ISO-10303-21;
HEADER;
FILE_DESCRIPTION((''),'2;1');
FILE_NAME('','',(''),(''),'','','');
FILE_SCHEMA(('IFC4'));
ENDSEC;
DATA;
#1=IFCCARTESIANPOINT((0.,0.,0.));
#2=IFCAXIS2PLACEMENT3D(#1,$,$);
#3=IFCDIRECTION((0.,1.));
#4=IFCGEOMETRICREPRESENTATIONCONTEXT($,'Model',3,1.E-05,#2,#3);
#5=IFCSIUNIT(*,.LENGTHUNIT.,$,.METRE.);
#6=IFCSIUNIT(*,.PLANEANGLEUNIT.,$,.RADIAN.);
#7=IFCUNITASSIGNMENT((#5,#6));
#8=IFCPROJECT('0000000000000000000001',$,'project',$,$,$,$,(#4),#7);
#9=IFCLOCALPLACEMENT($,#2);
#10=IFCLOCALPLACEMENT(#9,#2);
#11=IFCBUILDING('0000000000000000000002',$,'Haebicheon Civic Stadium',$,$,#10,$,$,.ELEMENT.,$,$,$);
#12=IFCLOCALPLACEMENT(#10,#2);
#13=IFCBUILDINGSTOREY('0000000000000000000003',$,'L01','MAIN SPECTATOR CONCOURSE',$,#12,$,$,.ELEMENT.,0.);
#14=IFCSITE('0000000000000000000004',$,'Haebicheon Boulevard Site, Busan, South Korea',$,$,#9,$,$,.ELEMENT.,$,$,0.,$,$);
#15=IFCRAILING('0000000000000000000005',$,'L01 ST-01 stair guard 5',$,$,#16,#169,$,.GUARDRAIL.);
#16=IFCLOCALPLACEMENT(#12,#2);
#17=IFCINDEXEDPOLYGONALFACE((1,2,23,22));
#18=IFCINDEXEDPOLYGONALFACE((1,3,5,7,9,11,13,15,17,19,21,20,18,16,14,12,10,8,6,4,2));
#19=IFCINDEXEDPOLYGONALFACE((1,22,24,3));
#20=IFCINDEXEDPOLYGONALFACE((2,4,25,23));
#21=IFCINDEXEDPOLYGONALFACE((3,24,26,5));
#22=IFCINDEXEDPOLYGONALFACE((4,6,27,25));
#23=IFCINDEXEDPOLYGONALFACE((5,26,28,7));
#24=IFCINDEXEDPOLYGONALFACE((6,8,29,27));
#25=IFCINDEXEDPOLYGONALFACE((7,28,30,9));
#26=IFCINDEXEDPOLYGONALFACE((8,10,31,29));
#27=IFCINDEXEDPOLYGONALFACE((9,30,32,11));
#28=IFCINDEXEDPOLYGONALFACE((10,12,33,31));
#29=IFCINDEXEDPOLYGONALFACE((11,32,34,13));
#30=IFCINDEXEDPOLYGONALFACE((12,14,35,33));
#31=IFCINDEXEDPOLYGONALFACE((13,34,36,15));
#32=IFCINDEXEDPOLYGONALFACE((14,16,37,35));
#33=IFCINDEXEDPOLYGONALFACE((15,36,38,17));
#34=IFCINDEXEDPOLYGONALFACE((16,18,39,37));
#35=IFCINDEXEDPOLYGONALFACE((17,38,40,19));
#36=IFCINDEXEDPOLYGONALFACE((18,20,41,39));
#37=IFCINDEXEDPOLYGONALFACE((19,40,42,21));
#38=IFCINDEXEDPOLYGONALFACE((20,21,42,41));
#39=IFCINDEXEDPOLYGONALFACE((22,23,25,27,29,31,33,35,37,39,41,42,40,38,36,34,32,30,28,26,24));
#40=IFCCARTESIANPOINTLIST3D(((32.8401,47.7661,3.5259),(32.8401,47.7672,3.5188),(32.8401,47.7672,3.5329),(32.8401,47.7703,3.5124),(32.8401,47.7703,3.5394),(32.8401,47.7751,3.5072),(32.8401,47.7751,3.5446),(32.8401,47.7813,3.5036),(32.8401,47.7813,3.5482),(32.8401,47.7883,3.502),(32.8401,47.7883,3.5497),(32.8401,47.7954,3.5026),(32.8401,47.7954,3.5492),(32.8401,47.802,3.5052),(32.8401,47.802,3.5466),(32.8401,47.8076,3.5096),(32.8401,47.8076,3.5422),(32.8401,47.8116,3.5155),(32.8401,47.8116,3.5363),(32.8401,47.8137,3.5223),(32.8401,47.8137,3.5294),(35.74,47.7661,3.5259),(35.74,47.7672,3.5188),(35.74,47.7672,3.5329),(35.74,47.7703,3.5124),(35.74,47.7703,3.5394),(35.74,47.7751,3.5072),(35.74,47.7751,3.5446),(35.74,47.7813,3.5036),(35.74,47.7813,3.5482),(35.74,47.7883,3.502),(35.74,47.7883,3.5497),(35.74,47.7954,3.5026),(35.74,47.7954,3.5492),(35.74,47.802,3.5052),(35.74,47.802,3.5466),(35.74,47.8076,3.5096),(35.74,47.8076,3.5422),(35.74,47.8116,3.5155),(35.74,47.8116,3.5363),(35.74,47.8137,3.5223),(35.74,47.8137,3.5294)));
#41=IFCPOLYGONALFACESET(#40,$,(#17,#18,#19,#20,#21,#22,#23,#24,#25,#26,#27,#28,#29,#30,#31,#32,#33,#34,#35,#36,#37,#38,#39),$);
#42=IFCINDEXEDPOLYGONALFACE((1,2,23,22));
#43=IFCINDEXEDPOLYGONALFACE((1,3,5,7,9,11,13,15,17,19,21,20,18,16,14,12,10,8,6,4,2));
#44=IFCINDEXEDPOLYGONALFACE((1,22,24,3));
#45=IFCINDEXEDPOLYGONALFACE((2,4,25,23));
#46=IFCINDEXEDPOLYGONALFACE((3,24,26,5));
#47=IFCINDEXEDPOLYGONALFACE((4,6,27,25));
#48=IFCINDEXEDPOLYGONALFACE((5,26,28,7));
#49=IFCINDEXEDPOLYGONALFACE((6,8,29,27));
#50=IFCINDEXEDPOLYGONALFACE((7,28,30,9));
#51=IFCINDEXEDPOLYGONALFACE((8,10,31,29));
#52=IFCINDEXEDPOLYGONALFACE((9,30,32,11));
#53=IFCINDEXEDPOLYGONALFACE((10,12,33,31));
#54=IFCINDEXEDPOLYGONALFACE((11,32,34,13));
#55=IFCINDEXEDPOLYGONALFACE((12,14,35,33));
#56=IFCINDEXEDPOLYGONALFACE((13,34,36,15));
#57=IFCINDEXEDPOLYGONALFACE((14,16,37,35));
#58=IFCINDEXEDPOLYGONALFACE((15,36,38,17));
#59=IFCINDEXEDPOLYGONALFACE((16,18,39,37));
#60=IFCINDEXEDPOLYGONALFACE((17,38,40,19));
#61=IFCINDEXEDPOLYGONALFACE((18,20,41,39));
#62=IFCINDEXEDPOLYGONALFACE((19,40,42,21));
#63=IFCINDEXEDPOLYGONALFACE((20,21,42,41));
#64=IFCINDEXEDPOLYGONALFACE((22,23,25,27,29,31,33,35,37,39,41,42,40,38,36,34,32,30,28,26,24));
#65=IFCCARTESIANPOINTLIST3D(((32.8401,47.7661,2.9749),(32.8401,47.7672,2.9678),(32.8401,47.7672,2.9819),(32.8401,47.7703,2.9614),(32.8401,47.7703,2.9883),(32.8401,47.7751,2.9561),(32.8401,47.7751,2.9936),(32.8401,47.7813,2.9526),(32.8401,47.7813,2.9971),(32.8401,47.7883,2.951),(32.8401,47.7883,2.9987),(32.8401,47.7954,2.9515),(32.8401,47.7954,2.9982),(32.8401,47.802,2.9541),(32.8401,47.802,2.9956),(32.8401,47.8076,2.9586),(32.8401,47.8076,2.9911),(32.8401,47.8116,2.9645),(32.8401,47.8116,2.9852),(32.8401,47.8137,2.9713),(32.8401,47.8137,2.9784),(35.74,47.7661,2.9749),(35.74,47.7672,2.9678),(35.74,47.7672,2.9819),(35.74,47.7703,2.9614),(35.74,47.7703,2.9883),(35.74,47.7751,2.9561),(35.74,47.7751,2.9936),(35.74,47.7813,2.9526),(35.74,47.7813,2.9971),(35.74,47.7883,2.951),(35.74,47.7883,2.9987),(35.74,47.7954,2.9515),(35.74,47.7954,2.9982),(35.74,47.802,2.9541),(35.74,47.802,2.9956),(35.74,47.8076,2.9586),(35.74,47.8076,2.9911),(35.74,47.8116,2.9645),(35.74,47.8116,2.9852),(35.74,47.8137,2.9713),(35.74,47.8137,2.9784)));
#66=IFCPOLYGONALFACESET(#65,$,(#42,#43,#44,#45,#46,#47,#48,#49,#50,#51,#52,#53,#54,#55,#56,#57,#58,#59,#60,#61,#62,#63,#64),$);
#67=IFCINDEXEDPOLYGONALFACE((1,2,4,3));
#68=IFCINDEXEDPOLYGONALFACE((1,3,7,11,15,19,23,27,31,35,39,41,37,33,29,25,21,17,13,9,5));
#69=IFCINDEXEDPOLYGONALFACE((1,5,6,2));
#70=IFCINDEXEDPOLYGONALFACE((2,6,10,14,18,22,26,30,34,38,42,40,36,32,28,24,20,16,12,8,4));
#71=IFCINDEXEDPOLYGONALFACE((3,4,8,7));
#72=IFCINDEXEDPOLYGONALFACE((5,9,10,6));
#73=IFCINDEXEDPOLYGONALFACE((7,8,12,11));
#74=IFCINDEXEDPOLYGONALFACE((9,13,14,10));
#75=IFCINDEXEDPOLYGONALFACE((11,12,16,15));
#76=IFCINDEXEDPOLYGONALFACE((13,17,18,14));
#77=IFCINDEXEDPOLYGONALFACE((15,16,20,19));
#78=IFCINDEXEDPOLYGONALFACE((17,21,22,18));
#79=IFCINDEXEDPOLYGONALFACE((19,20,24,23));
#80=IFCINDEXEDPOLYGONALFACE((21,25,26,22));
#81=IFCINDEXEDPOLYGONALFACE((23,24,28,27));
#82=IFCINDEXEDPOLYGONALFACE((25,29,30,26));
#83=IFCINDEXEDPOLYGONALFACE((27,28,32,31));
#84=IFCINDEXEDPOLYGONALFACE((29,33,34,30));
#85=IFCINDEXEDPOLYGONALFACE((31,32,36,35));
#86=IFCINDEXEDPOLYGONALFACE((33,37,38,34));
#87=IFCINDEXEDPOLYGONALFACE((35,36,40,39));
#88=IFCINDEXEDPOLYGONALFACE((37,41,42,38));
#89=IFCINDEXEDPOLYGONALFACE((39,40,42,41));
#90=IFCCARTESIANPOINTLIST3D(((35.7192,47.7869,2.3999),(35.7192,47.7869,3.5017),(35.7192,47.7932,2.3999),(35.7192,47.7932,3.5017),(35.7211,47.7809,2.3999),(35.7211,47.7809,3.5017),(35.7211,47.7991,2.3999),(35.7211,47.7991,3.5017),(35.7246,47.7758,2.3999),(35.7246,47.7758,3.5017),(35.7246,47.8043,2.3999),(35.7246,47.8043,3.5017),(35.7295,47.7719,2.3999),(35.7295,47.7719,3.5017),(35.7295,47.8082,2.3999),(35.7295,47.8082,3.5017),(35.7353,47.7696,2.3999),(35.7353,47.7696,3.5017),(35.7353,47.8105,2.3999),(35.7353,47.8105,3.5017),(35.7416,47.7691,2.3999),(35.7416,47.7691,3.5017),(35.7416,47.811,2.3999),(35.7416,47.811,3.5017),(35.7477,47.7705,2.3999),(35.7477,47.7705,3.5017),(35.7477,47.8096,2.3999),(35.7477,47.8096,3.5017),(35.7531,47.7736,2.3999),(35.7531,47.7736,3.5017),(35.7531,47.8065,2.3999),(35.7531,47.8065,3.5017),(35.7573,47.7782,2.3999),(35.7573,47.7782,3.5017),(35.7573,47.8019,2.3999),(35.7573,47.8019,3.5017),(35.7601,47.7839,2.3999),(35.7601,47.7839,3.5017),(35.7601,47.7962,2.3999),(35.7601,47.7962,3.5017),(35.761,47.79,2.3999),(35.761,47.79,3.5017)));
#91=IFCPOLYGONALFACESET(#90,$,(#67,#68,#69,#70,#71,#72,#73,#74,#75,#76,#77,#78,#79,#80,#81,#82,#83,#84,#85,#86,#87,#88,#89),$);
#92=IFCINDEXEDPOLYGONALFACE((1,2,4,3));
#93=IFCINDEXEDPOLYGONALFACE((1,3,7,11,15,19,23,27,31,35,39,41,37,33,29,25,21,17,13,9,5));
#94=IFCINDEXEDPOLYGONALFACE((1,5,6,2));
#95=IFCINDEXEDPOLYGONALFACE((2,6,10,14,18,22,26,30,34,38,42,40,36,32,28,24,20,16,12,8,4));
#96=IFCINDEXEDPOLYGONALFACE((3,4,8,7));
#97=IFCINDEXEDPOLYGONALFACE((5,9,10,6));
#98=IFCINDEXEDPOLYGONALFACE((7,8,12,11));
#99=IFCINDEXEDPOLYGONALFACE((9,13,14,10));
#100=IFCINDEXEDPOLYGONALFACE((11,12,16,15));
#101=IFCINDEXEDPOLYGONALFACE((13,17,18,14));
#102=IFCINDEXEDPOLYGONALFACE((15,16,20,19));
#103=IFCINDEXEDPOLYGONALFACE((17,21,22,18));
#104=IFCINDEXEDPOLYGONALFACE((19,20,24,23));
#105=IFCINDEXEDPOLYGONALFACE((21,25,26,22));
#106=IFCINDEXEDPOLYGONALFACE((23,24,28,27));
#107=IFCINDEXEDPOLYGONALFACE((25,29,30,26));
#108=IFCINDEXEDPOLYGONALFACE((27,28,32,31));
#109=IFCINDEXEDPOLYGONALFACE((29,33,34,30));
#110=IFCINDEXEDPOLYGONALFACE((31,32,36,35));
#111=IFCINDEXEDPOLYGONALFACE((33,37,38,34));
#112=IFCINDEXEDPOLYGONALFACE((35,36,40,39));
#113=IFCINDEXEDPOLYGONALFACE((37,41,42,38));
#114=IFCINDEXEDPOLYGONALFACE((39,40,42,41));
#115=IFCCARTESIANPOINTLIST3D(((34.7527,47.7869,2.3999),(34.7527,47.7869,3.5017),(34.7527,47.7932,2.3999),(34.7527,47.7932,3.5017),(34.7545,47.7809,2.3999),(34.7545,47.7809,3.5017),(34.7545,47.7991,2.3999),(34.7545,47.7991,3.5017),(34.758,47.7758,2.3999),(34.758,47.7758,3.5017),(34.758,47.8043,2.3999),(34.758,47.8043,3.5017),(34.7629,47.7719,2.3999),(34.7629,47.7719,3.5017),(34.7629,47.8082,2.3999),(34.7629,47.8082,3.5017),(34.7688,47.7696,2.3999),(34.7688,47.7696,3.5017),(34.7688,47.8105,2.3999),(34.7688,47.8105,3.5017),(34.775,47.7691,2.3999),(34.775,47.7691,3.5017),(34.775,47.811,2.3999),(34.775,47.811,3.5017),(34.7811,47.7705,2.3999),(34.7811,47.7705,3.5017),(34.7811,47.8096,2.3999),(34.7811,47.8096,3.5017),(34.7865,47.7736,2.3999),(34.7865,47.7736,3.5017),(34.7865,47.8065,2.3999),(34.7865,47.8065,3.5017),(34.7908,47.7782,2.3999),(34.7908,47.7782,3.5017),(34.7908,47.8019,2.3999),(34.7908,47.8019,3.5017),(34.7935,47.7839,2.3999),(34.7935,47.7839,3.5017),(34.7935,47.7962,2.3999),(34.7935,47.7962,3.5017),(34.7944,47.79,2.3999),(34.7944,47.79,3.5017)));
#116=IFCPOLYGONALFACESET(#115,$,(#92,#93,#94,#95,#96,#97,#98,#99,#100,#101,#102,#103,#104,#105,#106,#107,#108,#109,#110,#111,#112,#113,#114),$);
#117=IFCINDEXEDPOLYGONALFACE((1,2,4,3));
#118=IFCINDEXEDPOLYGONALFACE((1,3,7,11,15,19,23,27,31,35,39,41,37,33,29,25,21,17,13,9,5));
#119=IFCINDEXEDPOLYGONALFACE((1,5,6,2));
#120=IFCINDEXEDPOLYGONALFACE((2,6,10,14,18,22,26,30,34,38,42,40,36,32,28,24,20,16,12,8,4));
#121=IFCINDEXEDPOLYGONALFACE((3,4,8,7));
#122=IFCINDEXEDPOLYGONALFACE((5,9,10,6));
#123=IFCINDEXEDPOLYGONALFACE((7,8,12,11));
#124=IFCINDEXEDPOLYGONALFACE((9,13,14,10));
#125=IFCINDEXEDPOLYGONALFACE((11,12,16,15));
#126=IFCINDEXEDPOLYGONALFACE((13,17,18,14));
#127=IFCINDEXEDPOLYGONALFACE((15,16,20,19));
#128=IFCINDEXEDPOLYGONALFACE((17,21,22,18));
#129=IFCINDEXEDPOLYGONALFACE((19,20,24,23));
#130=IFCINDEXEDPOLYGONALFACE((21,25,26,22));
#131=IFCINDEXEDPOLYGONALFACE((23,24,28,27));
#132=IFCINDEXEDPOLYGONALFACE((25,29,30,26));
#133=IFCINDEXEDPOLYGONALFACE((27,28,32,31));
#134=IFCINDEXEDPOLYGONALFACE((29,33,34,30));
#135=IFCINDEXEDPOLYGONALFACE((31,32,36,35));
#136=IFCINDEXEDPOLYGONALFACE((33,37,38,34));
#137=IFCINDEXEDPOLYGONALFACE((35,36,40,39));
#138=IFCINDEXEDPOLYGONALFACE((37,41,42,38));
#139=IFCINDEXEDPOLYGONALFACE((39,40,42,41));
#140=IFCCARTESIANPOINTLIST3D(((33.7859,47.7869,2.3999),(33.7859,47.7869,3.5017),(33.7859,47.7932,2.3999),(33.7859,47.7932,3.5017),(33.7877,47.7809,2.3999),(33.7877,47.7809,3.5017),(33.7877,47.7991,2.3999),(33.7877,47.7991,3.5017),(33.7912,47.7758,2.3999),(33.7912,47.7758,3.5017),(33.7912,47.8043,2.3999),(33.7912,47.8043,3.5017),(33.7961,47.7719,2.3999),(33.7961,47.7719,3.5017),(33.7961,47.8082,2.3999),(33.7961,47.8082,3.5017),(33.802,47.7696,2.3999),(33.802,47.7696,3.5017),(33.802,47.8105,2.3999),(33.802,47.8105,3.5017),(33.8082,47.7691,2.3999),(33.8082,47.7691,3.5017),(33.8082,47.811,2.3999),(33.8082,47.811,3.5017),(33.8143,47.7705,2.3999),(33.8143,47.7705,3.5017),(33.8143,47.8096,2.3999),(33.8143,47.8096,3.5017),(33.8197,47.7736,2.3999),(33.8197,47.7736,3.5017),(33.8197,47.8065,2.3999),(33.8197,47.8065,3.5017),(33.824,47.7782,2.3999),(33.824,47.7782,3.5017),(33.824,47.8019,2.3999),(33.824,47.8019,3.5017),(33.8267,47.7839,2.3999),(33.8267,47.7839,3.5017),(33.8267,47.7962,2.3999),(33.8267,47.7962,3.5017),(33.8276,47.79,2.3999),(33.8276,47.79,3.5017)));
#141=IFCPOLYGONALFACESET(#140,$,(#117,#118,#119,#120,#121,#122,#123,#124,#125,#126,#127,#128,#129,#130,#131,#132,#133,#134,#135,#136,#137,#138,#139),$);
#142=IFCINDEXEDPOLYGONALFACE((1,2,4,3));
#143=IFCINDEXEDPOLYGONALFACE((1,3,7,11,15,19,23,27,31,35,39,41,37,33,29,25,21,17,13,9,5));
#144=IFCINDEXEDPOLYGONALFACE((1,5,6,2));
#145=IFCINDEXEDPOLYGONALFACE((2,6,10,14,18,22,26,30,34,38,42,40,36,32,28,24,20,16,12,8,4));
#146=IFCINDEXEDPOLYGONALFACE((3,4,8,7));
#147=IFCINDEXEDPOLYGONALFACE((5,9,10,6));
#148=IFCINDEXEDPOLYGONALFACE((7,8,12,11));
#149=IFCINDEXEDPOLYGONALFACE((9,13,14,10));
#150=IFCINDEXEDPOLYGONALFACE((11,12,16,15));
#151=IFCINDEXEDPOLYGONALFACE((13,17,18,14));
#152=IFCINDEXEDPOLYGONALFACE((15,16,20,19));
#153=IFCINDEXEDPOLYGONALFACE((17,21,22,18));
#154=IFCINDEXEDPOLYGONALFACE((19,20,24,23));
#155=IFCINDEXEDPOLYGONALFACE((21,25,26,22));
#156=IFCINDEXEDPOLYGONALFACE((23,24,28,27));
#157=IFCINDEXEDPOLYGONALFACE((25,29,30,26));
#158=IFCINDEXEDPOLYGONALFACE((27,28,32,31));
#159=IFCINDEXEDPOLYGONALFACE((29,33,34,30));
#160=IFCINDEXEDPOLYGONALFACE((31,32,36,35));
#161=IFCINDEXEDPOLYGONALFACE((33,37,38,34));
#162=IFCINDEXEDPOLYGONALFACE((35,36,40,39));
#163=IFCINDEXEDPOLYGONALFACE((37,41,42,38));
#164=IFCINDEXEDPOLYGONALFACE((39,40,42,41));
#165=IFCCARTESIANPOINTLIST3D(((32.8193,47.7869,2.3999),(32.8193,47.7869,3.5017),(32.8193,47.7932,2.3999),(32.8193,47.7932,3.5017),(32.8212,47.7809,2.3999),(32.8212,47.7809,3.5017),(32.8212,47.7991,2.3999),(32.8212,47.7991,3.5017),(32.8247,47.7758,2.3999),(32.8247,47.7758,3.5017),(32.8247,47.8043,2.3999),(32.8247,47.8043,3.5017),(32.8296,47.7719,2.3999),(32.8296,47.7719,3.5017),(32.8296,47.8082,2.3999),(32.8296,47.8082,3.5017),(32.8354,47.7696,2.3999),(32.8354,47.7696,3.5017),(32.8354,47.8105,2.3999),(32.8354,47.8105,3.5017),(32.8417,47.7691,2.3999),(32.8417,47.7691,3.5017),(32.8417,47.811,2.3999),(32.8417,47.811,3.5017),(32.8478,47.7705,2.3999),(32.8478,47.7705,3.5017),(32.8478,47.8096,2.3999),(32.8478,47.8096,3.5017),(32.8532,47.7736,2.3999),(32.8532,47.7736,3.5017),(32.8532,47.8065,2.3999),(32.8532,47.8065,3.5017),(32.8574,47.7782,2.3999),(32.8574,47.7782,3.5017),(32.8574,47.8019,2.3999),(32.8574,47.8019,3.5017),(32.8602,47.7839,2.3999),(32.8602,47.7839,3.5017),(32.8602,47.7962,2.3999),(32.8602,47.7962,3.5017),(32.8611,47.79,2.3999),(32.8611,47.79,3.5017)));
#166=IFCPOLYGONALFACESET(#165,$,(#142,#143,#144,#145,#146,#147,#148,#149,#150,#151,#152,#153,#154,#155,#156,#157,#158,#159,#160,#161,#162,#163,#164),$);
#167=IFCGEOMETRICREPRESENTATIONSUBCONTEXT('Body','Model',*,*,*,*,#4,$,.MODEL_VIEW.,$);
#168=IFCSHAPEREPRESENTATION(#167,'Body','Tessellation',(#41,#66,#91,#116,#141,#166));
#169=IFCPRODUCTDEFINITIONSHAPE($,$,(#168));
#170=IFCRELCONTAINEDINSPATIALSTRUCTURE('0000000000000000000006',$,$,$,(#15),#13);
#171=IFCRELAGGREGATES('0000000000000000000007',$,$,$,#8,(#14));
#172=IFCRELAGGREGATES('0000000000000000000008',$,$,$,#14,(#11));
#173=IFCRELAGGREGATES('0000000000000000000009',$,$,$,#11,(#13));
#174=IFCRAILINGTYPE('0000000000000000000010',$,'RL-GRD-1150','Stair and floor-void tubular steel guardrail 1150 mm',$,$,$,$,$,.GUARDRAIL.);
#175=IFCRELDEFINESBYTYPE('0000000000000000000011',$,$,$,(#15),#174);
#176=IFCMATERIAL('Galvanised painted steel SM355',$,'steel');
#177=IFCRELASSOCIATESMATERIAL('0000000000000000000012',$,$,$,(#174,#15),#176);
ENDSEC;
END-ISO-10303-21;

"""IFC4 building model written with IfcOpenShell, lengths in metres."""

from ifc_helpers import new_model, si_unit, direction, frame, origin, origin_2d, place, context, subcontext, project, spatial, circle, extrude, material, type_object, element, save


model = new_model("IFC4")

# Units and contexts
model_context = context("Model", 3, precision=1e-05, world=origin(), true_north=direction((0.0, 1.0)))
body_context = subcontext(model_context, "Body", "Model", "MODEL_VIEW")
ifc_project = project(units=[si_unit("LENGTHUNIT", "METRE"), si_unit("PLANEANGLEUNIT", "RADIAN")], contexts=[model_context])

# Site, building, storey
site_placement = place(None, origin())
site = spatial("IfcSite", under=ifc_project, at=site_placement, Name="Haebicheon Boulevard Site, Busan, South Korea", CompositionType="ELEMENT", RefElevation=0.0)
building_placement = place(site_placement, origin())
building = spatial("IfcBuilding", under=site, at=building_placement, Name="Haebicheon Civic Stadium", CompositionType="ELEMENT")
storey_placement = place(building_placement, origin())
storey = spatial("IfcBuildingStorey", under=building, at=storey_placement, Name="L01", Description="MAIN SPECTATOR CONCOURSE", CompositionType="ELEMENT", Elevation=0.0)

# Railing
ifc_material_1 = material(Name="Galvanised painted steel SM355", Category="steel")
railing_type_1 = type_object("IfcRailingType", Name="RL-GRD-1150", Description="Stair and floor-void tubular steel guardrail 1150 mm", PredefinedType="GUARDRAIL", material=ifc_material_1)
railing_1_placement = place(storey_placement, frame((35.74, 47.79, 2.3999)))
element("IfcRailing", 1, at=railing_1_placement, inside=storey, type_object=railing_type_1, material=ifc_material_1, Name="L01 ST-01 stair guard 5", PredefinedType="GUARDRAIL", context=body_context, shape_type="SweptSolid", body=[
    extrude(circle(Radius=0.0239, at=origin_2d()), frame((0.0, 0.0, 1.126), z_axis=(-1.0, 0.0, 0.0), x_axis=(0.0, -1.0, 0.0)), (0.0, 0.0, 1.0), 2.8999),
    extrude(circle(Radius=0.0239, at=origin_2d()), frame((0.0, 0.0, 0.575), z_axis=(-1.0, 0.0, 0.0), x_axis=(0.0, -1.0, 0.0)), (0.0, 0.0, 1.0), 2.8999),
    extrude(circle(Radius=0.021, at=origin_2d()), origin(), (0.0, 0.0, 1.0), 1.1018),
    extrude(circle(Radius=0.021, at=origin_2d()), frame((-0.9666, 0.0, 0.0)), (0.0, 0.0, 1.0), 1.1018),
    extrude(circle(Radius=0.021, at=origin_2d()), frame((-1.9333, 0.0, 0.0)), (0.0, 0.0, 1.0), 1.1018),
    extrude(circle(Radius=0.021, at=origin_2d()), frame((-2.8999, 0.0, 0.0)), (0.0, 0.0, 1.0), 1.1018),
])

save(model, "model.ifc")
